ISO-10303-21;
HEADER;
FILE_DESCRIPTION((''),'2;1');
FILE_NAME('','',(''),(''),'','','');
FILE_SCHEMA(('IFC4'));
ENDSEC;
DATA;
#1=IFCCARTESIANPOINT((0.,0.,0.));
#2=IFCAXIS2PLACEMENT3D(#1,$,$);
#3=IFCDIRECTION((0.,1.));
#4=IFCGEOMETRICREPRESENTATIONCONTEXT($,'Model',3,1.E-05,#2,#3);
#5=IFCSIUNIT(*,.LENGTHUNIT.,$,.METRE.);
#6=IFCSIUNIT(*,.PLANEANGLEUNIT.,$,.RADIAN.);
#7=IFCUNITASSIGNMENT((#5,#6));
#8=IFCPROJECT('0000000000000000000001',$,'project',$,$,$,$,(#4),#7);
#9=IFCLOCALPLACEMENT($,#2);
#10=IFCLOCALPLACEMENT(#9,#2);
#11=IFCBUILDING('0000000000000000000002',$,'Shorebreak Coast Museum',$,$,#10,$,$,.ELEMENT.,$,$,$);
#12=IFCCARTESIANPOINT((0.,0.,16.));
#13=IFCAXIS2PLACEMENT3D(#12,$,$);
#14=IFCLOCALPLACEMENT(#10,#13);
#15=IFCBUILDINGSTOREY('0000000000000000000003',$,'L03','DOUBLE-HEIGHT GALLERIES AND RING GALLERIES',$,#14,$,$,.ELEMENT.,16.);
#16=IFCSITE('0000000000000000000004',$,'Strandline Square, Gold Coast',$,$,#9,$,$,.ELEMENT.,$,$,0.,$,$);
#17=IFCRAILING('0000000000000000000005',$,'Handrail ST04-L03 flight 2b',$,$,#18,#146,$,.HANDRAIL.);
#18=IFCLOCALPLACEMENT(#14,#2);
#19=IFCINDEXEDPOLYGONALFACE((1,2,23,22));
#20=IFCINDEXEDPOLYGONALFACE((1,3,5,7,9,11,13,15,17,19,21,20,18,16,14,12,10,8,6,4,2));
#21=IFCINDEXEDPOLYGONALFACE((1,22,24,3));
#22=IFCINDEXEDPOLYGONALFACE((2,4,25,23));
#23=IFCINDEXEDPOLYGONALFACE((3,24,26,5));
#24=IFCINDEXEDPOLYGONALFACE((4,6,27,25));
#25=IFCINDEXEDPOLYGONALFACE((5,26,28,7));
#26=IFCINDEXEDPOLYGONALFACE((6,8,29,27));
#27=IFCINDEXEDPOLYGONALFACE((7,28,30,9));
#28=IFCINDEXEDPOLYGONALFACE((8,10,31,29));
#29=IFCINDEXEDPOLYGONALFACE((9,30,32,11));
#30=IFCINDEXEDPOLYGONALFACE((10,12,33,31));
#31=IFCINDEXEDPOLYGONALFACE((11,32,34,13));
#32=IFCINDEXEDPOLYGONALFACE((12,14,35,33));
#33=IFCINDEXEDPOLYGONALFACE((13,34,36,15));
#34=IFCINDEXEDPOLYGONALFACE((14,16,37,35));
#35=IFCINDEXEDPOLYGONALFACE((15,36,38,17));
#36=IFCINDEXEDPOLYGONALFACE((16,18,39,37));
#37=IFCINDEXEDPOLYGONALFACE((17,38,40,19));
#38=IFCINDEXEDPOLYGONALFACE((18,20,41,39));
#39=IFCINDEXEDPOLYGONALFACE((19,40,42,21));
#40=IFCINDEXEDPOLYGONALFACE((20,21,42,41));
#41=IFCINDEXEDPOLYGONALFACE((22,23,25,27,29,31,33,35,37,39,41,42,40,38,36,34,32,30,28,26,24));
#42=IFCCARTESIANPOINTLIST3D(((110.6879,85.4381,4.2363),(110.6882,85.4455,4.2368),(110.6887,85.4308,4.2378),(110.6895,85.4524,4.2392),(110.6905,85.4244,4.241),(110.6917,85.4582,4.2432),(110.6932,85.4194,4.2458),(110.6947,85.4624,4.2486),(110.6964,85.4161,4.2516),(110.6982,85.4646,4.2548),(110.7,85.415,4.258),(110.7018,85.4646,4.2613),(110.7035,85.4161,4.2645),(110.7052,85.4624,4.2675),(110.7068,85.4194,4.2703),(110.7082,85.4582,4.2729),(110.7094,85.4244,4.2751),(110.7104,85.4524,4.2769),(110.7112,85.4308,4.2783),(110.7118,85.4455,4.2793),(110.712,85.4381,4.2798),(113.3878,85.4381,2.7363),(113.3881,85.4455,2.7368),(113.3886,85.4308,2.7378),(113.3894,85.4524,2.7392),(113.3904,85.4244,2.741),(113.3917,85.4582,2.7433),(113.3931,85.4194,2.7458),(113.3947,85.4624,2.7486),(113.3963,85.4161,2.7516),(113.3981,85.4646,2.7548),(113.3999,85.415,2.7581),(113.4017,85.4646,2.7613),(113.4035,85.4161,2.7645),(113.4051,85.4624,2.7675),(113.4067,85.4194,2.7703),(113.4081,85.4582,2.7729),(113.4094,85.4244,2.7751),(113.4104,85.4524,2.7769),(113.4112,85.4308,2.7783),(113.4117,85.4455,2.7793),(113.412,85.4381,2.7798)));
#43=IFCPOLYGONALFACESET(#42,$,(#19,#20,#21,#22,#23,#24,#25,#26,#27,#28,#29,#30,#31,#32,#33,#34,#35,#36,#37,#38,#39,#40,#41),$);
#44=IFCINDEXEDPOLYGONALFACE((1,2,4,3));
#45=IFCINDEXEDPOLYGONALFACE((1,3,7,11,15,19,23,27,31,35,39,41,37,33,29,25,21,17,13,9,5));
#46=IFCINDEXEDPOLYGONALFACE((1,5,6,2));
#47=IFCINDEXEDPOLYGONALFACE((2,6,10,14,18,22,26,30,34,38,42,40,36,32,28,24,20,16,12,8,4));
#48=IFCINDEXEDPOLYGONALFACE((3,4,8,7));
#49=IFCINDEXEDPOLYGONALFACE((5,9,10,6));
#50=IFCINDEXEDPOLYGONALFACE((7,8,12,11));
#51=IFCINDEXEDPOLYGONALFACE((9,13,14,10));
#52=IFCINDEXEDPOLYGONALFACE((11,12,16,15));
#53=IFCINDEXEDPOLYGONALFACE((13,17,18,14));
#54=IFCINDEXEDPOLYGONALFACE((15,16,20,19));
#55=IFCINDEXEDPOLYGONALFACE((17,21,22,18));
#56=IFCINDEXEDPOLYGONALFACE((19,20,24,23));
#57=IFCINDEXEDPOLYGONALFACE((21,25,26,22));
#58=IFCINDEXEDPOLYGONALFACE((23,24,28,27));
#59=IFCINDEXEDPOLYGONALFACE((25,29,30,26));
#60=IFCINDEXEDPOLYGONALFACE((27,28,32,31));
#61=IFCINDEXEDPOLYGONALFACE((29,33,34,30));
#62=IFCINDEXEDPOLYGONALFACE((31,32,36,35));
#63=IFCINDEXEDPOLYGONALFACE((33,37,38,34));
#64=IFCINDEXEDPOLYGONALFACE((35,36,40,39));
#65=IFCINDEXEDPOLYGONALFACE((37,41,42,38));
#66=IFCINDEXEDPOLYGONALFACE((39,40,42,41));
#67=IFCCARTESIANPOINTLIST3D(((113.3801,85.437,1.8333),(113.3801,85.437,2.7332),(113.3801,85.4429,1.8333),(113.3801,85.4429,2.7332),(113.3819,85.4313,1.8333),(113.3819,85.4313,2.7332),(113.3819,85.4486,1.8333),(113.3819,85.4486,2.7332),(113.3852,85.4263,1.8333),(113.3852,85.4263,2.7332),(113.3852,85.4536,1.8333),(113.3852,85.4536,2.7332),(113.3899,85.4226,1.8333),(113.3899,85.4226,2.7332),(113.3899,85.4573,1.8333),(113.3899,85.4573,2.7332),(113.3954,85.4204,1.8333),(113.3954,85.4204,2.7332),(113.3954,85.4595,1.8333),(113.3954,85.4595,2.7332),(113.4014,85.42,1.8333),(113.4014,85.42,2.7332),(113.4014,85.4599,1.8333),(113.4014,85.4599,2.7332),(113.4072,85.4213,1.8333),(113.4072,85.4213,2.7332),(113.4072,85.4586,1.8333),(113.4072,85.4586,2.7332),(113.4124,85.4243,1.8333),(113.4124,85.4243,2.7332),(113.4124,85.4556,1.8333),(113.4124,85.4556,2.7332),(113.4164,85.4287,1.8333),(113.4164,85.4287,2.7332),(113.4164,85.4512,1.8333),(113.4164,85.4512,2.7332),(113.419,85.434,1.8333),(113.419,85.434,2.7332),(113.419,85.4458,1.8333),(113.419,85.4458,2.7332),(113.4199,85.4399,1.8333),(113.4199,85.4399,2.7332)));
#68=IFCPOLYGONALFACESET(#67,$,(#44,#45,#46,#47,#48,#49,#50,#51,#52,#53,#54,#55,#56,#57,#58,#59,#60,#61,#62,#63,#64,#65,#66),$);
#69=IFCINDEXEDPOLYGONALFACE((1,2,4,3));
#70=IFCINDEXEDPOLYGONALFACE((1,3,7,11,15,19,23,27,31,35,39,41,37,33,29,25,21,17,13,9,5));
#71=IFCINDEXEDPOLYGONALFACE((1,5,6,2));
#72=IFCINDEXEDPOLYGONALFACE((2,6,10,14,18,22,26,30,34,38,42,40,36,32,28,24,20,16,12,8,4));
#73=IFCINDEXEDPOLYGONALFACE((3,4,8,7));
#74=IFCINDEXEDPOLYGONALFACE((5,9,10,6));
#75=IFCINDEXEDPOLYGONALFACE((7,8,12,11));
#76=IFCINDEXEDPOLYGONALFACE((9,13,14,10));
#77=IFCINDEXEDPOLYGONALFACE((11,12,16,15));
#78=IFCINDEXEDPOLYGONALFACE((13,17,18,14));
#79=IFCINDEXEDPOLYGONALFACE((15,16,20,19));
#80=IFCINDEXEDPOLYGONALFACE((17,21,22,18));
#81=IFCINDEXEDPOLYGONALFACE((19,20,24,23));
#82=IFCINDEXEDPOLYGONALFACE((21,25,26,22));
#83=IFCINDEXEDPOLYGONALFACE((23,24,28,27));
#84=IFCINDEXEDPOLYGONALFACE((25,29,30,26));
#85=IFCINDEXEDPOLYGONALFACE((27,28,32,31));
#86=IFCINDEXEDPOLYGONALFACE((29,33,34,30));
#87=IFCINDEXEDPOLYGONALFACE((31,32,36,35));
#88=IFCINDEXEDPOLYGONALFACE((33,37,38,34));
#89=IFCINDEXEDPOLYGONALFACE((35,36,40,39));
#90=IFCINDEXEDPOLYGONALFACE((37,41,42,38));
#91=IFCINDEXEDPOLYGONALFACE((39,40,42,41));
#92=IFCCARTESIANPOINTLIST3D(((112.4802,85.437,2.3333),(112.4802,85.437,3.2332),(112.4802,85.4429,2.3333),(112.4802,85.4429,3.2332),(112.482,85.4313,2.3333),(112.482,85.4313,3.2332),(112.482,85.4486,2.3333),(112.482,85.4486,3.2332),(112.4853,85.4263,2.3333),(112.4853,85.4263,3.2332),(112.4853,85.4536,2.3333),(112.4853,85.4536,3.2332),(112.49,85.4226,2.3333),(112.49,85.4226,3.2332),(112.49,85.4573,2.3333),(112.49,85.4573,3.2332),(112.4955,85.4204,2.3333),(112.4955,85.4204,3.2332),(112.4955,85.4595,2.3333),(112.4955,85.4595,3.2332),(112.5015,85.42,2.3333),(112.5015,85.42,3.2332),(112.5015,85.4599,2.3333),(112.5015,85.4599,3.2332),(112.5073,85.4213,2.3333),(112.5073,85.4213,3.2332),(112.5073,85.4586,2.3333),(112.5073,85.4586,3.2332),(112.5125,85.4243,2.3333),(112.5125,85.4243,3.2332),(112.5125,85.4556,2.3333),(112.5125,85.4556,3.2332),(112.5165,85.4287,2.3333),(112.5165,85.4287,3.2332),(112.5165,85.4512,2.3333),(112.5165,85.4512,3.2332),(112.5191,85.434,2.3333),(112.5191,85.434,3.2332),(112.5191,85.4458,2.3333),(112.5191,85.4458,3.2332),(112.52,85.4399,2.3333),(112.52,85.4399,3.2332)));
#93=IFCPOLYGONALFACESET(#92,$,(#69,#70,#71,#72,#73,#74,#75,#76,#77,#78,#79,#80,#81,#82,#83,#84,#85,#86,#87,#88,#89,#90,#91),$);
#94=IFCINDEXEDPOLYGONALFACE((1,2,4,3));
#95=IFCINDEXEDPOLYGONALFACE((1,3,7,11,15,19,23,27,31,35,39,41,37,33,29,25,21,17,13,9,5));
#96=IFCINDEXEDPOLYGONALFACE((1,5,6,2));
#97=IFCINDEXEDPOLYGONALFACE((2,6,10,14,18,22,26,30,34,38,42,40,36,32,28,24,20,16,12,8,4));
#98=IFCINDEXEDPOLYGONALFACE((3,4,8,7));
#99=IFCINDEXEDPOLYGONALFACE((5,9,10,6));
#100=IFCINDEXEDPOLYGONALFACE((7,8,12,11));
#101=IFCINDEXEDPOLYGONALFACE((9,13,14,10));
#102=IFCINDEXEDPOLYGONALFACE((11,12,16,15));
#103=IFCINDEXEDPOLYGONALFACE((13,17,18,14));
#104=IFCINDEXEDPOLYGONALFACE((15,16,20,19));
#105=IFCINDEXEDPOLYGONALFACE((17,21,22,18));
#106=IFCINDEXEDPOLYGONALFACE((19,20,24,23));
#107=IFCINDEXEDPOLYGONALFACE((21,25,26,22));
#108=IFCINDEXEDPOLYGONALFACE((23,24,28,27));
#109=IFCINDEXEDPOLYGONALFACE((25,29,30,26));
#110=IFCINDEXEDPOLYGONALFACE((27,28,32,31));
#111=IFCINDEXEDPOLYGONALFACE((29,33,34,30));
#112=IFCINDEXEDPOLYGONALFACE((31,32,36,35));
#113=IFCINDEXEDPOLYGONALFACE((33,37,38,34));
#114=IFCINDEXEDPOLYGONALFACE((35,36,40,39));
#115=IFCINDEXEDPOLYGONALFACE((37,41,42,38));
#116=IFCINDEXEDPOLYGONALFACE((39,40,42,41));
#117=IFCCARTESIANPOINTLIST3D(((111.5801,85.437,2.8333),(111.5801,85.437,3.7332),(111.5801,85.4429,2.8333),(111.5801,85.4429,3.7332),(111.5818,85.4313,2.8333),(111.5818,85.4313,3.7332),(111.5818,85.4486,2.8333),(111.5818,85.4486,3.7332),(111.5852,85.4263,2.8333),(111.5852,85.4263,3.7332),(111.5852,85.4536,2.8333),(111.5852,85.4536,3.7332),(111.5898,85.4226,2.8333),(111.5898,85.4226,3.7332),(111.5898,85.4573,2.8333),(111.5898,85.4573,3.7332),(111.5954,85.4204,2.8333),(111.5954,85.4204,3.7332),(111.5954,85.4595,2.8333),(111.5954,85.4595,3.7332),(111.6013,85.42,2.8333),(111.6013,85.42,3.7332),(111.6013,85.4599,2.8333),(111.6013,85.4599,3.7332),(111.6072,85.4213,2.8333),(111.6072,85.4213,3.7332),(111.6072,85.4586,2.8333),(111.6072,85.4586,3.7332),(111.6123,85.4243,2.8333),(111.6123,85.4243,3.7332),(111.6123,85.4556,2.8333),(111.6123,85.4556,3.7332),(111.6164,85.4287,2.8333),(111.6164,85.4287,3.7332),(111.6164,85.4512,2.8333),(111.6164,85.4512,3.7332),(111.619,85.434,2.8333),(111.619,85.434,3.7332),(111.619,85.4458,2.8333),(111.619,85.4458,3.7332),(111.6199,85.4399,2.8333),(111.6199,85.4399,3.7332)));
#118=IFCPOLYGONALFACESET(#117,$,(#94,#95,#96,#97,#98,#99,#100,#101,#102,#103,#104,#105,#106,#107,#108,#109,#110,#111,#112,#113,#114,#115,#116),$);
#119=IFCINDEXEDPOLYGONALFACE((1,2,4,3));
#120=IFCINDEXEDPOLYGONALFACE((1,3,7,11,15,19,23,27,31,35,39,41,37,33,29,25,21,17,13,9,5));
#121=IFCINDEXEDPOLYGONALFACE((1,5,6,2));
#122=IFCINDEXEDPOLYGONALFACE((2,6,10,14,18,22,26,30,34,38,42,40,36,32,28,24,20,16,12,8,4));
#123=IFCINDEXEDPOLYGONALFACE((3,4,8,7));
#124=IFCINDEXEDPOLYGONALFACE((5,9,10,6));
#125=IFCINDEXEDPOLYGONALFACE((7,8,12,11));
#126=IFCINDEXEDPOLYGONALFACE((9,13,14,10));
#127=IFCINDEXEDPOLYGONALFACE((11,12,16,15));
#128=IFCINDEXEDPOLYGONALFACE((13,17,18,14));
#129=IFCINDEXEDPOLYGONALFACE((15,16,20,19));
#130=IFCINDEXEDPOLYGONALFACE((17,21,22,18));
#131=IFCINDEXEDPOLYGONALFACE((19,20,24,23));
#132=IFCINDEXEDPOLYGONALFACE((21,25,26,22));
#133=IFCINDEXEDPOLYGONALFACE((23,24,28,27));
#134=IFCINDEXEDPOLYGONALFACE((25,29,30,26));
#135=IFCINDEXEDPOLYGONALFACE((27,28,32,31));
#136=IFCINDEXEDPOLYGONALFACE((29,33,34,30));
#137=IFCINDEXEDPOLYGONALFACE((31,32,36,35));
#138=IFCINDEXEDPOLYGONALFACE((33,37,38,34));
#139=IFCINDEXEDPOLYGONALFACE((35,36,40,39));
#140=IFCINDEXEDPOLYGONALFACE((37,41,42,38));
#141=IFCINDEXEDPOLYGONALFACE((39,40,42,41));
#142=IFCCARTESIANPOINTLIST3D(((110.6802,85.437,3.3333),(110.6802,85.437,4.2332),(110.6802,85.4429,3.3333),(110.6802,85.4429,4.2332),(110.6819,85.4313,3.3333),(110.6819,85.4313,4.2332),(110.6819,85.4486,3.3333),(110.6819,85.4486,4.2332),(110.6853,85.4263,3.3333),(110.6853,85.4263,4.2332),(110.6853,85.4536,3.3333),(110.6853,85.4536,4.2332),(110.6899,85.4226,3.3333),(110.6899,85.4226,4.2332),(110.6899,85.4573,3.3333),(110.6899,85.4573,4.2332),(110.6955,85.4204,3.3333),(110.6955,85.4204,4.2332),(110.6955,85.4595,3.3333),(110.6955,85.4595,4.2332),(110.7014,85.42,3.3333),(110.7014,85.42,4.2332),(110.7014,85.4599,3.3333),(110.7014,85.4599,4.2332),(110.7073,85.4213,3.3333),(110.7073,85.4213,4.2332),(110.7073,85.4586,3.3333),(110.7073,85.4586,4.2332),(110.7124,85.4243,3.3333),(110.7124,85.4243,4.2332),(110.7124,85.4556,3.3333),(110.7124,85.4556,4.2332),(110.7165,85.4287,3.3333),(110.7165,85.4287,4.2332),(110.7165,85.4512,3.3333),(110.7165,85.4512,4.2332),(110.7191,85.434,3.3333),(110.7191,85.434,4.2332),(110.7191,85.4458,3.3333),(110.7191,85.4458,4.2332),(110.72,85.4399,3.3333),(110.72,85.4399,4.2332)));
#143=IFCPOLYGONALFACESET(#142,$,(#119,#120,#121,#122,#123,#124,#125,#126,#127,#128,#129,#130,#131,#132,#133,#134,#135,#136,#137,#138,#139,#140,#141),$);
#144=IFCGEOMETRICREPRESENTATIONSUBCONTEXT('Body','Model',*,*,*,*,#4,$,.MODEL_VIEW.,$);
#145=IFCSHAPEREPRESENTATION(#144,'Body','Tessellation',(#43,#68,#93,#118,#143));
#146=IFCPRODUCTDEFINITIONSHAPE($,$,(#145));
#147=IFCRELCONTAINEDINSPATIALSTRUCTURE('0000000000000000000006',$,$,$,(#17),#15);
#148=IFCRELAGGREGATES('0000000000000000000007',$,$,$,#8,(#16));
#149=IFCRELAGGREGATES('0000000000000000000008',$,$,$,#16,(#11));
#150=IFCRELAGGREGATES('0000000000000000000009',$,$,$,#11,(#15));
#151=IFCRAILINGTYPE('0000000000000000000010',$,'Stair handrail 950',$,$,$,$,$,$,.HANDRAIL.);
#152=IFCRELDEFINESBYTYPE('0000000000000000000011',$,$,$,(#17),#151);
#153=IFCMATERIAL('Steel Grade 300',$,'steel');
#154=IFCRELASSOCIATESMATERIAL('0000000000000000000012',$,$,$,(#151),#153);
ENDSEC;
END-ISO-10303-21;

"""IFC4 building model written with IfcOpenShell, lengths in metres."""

from ifc_helpers import new_model, si_unit, direction, frame, origin, origin_2d, place, context, subcontext, project, spatial, circle, extrude, material, type_object, element, save


model = new_model("IFC4")

# Units and contexts
model_context = context("Model", 3, precision=1e-05, world=origin(), true_north=direction((0.0, 1.0)))
body_context = subcontext(model_context, "Body", "Model", "MODEL_VIEW")
ifc_project = project(units=[si_unit("LENGTHUNIT", "METRE"), si_unit("PLANEANGLEUNIT", "RADIAN")], contexts=[model_context])

# Site, building, storey
site_placement = place(None, origin())
site = spatial("IfcSite", under=ifc_project, at=site_placement, Name="Strandline Square, Gold Coast", CompositionType="ELEMENT", RefElevation=0.0)
building_placement = place(site_placement, origin())
building = spatial("IfcBuilding", under=site, at=building_placement, Name="Shorebreak Coast Museum", CompositionType="ELEMENT")
storey_placement = place(building_placement, frame((0.0, 0.0, 16.0)))
storey = spatial("IfcBuildingStorey", under=building, at=storey_placement, Name="L03", Description="DOUBLE-HEIGHT GALLERIES AND RING GALLERIES", CompositionType="ELEMENT", Elevation=16.0)

# Railing
ifc_material_1 = material(Name="Steel Grade 300", Category="steel")
railing_type_1 = type_object("IfcRailingType", Name="Stair handrail 950", PredefinedType="HANDRAIL", material=ifc_material_1)
for number, where, name in (
    (1, (113.3999, 85.4399, 1.8333), "Handrail ST04-L03 flight 2b"),
):
    element("IfcRailing", number, at=place(storey_placement, frame(where)), inside=storey, type_object=railing_type_1, Name=name, PredefinedType="HANDRAIL", context=body_context, shape_type="SweptSolid", body=[
        extrude(circle(Radius=0.0249, at=origin_2d()), frame((0.0, 0.0, 0.9248), z_axis=(-0.874154, 0.0, 0.48565), x_axis=(0.0, -1.0, 0.0)), (0.0, 0.0, 1.0), 3.0886),
        extrude(circle(Radius=0.02, at=origin_2d()), origin(), (0.0, 0.0, 1.0), 0.8999),
        extrude(circle(Radius=0.02, at=origin_2d()), frame((-0.8999, 0.0, 0.5)), (0.0, 0.0, 1.0), 0.8999),
        extrude(circle(Radius=0.02, at=origin_2d()), frame((-1.8, 0.0, 1.0)), (0.0, 0.0, 1.0), 0.8999),
        extrude(circle(Radius=0.02, at=origin_2d()), frame((-2.7, 0.0, 1.5)), (0.0, 0.0, 1.0), 0.8999),
    ])

save(model, "model.ifc")
